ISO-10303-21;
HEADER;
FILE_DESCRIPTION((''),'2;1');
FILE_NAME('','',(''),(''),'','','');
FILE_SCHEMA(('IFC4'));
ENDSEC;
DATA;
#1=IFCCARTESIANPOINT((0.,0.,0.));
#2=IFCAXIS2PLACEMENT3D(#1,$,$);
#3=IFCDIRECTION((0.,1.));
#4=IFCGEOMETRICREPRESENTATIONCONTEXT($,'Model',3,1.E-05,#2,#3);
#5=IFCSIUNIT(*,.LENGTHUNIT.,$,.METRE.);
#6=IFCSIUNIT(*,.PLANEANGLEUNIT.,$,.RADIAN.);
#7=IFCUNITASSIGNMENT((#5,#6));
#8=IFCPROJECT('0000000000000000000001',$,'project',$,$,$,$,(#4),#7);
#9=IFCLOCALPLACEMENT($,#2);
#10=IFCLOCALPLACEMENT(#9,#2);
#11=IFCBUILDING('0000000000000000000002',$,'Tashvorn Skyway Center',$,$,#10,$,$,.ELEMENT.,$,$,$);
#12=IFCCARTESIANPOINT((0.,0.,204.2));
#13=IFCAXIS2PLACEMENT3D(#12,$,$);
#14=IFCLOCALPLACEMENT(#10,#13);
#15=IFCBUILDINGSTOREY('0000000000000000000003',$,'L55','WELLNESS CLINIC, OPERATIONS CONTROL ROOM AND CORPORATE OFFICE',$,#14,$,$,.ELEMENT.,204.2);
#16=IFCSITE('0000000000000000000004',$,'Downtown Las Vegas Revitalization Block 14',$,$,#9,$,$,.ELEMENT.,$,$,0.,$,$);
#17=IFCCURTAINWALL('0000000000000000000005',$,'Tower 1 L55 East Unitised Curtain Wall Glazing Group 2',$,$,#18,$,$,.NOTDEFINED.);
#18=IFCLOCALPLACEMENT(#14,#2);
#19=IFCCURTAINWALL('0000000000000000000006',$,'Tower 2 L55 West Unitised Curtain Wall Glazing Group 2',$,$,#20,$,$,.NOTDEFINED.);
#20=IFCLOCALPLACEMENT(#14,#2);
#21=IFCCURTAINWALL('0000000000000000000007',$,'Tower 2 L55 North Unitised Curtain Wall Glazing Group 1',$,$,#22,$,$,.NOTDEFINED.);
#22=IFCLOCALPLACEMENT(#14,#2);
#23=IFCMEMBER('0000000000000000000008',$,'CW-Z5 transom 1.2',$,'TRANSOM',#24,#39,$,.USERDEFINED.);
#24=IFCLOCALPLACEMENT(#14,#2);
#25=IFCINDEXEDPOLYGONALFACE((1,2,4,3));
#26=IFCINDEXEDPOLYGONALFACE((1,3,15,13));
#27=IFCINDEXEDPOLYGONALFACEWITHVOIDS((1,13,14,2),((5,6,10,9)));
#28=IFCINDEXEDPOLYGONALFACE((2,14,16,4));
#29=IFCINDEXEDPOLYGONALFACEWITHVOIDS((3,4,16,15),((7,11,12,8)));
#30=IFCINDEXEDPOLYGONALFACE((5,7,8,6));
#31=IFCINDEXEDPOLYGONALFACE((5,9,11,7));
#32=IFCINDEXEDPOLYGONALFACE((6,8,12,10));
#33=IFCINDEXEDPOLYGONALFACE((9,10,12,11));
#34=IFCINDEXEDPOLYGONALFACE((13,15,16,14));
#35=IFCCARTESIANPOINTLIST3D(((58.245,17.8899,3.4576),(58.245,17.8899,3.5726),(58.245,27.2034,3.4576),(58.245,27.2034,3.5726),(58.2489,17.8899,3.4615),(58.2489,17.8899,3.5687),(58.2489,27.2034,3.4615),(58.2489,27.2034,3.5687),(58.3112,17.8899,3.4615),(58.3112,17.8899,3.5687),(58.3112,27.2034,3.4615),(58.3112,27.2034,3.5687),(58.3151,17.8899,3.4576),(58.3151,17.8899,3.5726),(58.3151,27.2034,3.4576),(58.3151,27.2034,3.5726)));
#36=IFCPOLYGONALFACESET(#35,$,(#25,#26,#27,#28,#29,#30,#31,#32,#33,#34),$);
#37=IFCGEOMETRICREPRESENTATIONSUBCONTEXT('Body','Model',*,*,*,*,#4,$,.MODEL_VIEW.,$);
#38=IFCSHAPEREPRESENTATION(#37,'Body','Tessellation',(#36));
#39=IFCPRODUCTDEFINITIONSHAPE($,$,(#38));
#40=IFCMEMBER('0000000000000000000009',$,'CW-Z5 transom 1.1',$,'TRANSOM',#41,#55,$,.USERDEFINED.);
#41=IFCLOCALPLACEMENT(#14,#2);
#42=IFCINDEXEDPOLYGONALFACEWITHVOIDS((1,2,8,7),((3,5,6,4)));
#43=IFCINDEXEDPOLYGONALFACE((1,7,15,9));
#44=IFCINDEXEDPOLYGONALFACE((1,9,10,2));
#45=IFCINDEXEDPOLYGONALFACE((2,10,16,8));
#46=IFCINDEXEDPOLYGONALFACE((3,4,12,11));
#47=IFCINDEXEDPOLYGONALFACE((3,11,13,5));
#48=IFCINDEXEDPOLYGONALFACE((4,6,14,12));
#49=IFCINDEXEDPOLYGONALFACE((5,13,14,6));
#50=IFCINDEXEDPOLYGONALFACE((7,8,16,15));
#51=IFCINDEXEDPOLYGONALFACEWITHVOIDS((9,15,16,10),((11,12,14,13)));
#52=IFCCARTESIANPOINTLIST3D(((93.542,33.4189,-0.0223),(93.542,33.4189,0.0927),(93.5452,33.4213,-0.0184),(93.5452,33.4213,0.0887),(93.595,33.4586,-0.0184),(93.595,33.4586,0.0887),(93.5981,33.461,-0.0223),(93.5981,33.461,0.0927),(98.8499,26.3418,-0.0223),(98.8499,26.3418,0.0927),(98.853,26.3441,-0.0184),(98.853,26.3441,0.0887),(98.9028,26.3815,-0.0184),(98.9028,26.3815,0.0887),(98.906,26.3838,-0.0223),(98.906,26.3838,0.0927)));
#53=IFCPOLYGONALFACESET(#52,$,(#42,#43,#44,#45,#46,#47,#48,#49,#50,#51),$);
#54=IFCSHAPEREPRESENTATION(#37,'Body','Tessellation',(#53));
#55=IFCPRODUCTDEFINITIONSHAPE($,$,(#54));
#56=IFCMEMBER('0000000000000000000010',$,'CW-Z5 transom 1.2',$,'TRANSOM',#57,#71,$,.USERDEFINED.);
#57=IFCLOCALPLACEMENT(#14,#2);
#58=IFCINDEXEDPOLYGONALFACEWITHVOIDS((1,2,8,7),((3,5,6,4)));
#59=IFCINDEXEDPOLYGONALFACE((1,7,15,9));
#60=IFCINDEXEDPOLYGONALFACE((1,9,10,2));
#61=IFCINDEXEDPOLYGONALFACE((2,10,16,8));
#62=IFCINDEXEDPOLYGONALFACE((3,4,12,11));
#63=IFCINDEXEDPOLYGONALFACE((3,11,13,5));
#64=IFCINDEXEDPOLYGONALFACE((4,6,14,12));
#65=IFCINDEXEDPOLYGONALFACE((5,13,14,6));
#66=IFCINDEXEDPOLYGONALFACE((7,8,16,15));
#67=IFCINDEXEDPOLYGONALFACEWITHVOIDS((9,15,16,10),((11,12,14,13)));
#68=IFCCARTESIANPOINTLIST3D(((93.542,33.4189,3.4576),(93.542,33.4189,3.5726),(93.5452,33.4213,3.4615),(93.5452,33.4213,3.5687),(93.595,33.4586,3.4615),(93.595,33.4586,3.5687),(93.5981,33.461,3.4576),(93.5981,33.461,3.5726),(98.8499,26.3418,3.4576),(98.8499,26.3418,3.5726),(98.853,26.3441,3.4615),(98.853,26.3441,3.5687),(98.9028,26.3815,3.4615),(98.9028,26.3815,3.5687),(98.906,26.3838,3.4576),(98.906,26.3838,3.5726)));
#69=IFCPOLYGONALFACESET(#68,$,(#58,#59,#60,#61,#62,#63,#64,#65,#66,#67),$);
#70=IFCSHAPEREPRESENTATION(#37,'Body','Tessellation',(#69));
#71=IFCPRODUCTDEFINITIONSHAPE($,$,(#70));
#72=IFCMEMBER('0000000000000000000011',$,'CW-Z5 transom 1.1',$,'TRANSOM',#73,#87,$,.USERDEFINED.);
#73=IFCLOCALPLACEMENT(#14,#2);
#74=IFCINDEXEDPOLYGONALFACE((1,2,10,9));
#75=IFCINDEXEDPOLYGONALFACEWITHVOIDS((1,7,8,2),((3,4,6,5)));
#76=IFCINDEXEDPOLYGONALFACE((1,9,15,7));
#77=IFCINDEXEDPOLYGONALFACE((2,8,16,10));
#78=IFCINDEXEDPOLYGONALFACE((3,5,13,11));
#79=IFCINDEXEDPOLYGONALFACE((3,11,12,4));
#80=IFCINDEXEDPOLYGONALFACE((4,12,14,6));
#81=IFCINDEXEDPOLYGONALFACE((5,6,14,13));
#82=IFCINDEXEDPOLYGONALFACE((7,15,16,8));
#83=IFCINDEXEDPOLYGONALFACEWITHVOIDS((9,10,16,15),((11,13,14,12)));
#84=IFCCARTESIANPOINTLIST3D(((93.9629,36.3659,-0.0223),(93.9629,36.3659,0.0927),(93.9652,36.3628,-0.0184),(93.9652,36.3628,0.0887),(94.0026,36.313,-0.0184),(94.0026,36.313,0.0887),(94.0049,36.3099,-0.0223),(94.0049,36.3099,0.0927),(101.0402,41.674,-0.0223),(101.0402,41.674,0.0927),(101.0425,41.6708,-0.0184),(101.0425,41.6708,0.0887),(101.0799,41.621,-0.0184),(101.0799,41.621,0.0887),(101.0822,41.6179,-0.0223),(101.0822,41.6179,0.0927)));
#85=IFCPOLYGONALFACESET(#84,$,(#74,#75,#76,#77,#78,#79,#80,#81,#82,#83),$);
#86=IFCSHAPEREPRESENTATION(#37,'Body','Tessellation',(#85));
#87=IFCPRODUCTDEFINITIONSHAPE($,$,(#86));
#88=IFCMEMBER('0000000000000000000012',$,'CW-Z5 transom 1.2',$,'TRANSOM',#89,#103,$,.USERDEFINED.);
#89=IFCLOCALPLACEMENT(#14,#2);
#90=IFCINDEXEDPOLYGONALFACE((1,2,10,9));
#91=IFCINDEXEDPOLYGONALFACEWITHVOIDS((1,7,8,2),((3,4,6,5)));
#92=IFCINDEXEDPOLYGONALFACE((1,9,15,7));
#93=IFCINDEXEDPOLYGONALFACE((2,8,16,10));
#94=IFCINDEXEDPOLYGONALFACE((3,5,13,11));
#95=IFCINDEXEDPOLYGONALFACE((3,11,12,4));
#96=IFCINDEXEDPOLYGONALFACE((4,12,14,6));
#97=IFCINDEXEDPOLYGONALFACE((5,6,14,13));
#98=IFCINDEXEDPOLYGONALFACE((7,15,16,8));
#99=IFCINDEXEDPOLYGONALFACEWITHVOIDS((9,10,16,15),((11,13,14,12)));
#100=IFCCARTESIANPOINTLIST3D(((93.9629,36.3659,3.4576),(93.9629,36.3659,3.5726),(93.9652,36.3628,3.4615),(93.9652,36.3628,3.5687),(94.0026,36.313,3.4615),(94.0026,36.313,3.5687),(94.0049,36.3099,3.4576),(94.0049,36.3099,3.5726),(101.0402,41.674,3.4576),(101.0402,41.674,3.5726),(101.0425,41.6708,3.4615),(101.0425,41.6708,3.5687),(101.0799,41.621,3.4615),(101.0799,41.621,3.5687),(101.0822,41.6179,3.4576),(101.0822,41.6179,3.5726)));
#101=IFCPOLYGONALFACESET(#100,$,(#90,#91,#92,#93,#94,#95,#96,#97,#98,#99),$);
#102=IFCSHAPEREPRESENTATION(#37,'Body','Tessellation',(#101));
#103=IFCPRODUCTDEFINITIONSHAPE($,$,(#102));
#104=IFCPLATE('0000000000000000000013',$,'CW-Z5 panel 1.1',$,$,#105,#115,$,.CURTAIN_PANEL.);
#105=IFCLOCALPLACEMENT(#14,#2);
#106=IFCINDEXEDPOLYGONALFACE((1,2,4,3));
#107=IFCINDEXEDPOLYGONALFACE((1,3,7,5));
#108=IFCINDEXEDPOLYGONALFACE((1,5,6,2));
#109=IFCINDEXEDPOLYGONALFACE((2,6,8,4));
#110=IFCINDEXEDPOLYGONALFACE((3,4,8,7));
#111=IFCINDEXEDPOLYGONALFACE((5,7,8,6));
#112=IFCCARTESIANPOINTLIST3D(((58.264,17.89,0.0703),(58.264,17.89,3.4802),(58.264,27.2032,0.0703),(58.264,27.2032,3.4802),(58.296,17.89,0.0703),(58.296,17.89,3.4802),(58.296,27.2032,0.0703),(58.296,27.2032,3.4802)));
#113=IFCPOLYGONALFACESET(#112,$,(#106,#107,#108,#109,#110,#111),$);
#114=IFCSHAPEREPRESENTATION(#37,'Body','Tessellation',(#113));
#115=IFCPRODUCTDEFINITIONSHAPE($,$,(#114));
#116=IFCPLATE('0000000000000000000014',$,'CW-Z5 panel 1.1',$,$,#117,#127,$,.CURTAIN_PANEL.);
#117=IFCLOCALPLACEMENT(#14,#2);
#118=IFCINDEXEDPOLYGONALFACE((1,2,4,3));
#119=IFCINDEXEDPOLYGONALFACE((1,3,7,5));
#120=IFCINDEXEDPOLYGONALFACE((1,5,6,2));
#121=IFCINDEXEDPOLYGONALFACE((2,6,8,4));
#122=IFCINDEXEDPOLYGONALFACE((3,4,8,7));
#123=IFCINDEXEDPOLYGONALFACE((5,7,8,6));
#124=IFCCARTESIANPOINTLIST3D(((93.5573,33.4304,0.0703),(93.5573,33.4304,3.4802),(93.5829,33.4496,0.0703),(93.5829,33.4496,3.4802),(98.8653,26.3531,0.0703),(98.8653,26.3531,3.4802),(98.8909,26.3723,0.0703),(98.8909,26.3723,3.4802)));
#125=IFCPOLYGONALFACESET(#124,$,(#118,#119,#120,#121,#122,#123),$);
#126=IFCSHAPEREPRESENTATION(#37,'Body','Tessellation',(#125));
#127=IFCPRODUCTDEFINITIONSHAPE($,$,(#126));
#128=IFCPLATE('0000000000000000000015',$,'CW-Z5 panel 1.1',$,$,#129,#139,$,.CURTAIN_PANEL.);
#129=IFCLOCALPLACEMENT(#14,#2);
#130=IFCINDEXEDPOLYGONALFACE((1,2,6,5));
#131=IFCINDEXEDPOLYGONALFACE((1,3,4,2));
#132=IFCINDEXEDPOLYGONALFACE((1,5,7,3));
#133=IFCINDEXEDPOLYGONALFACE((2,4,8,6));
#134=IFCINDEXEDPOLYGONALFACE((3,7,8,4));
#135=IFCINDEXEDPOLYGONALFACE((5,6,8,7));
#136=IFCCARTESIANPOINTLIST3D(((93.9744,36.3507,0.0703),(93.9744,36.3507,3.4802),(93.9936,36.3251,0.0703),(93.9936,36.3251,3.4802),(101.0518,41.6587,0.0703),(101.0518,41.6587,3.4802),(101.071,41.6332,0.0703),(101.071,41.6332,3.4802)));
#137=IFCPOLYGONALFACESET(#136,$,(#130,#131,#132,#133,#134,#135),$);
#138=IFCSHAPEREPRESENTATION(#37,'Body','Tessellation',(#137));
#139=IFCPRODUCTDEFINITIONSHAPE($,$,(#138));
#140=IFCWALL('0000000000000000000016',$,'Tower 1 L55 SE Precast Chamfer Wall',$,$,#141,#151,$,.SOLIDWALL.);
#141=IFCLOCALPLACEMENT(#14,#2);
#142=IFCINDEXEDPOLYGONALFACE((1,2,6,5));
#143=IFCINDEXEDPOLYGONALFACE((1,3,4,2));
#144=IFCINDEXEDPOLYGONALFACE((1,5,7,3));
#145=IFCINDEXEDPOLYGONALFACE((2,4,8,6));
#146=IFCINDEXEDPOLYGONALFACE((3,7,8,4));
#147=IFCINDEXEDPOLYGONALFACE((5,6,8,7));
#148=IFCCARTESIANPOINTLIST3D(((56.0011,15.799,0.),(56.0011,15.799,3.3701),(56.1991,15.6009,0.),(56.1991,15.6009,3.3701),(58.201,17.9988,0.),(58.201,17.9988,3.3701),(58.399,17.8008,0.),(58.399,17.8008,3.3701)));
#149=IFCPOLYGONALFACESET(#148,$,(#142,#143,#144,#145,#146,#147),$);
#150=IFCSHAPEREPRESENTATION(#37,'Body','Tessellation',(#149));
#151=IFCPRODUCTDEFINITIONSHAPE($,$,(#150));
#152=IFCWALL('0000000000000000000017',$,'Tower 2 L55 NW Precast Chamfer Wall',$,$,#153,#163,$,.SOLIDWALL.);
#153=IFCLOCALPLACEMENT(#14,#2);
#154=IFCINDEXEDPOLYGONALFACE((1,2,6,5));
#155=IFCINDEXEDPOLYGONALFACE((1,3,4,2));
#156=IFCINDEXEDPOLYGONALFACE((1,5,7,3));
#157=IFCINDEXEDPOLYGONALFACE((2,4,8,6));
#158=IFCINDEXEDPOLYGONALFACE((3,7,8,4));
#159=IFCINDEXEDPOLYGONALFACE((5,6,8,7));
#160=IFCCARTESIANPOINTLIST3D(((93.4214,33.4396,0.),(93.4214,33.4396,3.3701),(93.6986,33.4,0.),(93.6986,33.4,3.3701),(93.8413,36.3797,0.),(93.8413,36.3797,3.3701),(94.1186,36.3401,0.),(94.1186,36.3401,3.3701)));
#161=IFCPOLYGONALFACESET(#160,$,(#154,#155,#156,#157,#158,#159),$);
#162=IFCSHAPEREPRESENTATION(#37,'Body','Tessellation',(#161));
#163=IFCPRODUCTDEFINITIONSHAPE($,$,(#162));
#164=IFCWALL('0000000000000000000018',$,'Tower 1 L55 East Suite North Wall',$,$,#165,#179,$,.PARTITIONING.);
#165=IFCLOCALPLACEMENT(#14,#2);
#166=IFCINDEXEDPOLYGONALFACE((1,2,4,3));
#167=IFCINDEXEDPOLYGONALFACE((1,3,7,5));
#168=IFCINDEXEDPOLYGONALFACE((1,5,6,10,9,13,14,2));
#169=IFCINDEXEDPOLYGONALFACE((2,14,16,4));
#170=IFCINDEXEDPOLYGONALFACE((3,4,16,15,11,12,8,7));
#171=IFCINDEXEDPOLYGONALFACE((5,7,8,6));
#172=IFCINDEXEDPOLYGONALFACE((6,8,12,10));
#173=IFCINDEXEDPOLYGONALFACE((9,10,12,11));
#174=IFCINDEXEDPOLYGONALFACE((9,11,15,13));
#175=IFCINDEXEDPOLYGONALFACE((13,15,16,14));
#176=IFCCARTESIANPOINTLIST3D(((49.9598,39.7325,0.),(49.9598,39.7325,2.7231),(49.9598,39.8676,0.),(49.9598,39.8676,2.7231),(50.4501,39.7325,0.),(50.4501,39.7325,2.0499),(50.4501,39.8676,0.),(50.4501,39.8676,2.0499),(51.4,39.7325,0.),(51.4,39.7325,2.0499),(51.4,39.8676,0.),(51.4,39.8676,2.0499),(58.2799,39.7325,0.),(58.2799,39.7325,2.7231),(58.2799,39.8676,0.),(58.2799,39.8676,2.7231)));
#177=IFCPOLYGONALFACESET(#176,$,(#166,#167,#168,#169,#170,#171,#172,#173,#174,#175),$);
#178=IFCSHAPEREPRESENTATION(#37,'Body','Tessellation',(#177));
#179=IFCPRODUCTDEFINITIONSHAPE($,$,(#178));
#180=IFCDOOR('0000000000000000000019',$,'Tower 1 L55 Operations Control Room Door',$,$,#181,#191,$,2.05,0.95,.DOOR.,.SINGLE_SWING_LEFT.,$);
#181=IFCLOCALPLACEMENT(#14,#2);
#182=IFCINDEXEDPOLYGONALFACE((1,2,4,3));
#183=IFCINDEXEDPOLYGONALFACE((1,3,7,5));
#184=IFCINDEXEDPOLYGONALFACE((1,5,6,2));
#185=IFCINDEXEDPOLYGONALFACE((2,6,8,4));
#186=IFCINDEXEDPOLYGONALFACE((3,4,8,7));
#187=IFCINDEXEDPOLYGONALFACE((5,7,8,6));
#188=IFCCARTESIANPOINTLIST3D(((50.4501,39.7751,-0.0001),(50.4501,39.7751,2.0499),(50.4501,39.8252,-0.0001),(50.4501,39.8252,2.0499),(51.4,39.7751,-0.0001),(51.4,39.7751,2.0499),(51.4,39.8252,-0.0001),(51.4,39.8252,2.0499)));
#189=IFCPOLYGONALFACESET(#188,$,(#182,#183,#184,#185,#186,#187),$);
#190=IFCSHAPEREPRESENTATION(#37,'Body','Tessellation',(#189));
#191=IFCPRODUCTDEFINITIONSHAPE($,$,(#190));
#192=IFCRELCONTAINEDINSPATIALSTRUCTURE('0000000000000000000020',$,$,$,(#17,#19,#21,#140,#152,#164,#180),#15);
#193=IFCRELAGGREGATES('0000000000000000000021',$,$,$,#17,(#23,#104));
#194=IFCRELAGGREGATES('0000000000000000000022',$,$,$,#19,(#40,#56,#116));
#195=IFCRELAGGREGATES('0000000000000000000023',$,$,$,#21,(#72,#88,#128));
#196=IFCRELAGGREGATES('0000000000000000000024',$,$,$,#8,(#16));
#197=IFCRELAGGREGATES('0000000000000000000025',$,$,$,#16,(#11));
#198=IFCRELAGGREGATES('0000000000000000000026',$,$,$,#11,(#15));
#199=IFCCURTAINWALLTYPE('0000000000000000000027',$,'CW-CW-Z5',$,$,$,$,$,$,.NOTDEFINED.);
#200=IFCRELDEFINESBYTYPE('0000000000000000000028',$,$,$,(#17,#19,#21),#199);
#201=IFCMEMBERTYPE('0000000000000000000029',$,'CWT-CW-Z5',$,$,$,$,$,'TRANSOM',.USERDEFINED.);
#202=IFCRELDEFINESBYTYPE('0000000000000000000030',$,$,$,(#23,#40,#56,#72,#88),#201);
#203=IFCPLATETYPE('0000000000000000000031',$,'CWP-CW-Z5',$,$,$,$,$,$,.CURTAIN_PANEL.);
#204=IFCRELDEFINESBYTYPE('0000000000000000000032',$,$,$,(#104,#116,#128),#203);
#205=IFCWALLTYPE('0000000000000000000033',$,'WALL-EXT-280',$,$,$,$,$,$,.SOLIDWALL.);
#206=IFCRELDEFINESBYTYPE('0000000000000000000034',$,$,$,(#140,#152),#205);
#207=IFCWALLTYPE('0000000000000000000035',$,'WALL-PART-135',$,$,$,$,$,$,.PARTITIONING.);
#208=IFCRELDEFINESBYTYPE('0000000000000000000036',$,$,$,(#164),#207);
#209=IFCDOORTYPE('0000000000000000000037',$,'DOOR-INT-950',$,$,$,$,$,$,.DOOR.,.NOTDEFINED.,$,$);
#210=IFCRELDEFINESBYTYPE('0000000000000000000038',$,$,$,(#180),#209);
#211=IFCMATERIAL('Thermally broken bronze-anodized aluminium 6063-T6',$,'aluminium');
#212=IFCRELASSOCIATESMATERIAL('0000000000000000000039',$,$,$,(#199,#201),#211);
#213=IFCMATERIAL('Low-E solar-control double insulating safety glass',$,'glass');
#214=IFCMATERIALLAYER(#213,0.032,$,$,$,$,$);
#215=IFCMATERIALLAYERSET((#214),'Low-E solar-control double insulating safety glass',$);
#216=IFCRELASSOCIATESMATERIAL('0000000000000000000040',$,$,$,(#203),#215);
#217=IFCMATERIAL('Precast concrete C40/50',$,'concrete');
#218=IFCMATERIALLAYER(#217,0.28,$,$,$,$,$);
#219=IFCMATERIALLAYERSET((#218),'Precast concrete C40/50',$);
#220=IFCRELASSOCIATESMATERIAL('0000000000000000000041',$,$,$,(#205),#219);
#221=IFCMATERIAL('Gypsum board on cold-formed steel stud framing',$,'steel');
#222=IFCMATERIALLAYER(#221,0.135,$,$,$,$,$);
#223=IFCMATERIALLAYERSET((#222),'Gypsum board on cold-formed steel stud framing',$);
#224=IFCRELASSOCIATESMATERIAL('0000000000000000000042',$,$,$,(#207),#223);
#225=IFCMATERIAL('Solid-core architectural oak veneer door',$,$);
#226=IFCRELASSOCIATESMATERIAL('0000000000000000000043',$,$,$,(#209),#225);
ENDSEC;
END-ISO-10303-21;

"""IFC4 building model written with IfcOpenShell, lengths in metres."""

from ifc_helpers import new_model, si_unit, direction, frame, frame_2d, origin, origin_2d, place, context, subcontext, project, spatial, rectangle, hollow_rectangle, extrude, material, layer, layer_set, material_profile, profile_set, type_object, element, fill, aggregate, save


model = new_model("IFC4")

# Units and contexts
model_context = context("Model", 3, precision=1e-05, world=origin(), true_north=direction((0.0, 1.0)))
body_context = subcontext(model_context, "Body", "Model", "MODEL_VIEW")
ifc_project = project(units=[si_unit("LENGTHUNIT", "METRE"), si_unit("PLANEANGLEUNIT", "RADIAN")], contexts=[model_context])

# Site, building, storey
site_placement = place(None, origin())
site = spatial("IfcSite", under=ifc_project, at=site_placement, Name="Downtown Las Vegas Revitalization Block 14", CompositionType="ELEMENT", RefElevation=0.0)
building_placement = place(site_placement, origin())
building = spatial("IfcBuilding", under=site, at=building_placement, Name="Tashvorn Skyway Center", CompositionType="ELEMENT")
storey_placement = place(building_placement, frame((0.0, 0.0, 204.2)))
storey = spatial("IfcBuildingStorey", under=building, at=storey_placement, Name="L55", Description="WELLNESS CLINIC, OPERATIONS CONTROL ROOM AND CORPORATE OFFICE", CompositionType="ELEMENT", Elevation=204.2)

# Curtain wall
ifc_material_1 = material(Name="Thermally broken bronze-anodized aluminium 6063-T6", Category="aluminium")
curtain_wall_type = type_object("IfcCurtainWallType", Name="CW-CW-Z5", PredefinedType="NOTDEFINED", material=ifc_material_1)
curtain_wall_1_placement = place(storey_placement, origin())
curtain_wall_1 = element("IfcCurtainWall", 1, at=curtain_wall_1_placement, inside=storey, type_object=curtain_wall_type, Name="Tower 1 L55 East Unitised Curtain Wall Glazing Group 2", PredefinedType="NOTDEFINED")

# Curtain wall
curtain_wall_2_placement = place(storey_placement, origin())
curtain_wall_2 = element("IfcCurtainWall", 2, at=curtain_wall_2_placement, inside=storey, type_object=curtain_wall_type, Name="Tower 2 L55 West Unitised Curtain Wall Glazing Group 2", PredefinedType="NOTDEFINED")

# Curtain wall
curtain_wall_3_placement = place(storey_placement, origin())
curtain_wall_3 = element("IfcCurtainWall", 3, at=curtain_wall_3_placement, inside=storey, type_object=curtain_wall_type, Name="Tower 2 L55 North Unitised Curtain Wall Glazing Group 1", PredefinedType="NOTDEFINED")

# Members
ifc_material_profile_1 = material_profile(ifc_material_1, hollow_rectangle(XDim=0.0701, YDim=0.115, WallThickness=0.0039, at=origin_2d()), Name="ALU-TRAN-70x115")
ifc_profile_set_1 = profile_set([ifc_material_profile_1], Name="Thermally broken bronze-anodized aluminium 6063-T6")
member_type_1 = type_object("IfcMemberType", Name="CWT-CW-Z5", ElementType="TRANSOM", PredefinedType="USERDEFINED", material=ifc_profile_set_1)
member_1_placement = place(storey_placement, frame((58.28, 27.2034, 3.5151), z_axis=(0.0, -1.0, 0.0), x_axis=(1.0, 0.0, 0.0)))
member_1 = element("IfcMember", 4, at=member_1_placement, type_object=member_type_1, Name="CW-Z5 transom 1.2", ObjectType="TRANSOM", PredefinedType="USERDEFINED", context=body_context, shape_type="SweptSolid", body=[
    extrude(hollow_rectangle(XDim=0.0701, YDim=0.115, WallThickness=0.0039, at=origin_2d()), origin(), (0.0, 0.0, 1.0), 9.3135),
])
member_2_placement = place(storey_placement, frame((98.8779, 26.3628, 0.0352), z_axis=(-0.6, 0.8, 0.0), x_axis=(-0.8, -0.6, 0.0)))
member_2 = element("IfcMember", 5, at=member_2_placement, type_object=member_type_1, Name="CW-Z5 transom 1.1", ObjectType="TRANSOM", PredefinedType="USERDEFINED", context=body_context, shape_type="SweptSolid", body=[
    extrude(hollow_rectangle(XDim=0.0701, YDim=0.115, WallThickness=0.0039, at=origin_2d()), origin(), (0.0, 0.0, 1.0), 8.8464),
])
member_3_placement = place(storey_placement, frame((98.8779, 26.3628, 3.5151), z_axis=(-0.6, 0.8, 0.0), x_axis=(-0.8, -0.6, 0.0)))
member_3 = element("IfcMember", 6, at=member_3_placement, type_object=member_type_1, Name="CW-Z5 transom 1.2", ObjectType="TRANSOM", PredefinedType="USERDEFINED", context=body_context, shape_type="SweptSolid", body=[
    extrude(hollow_rectangle(XDim=0.0701, YDim=0.115, WallThickness=0.0039, at=origin_2d()), origin(), (0.0, 0.0, 1.0), 8.8464),
])
member_4_placement = place(storey_placement, frame((93.9839, 36.3379, 0.0352), z_axis=(0.799997, 0.600004, 0.0), x_axis=(-0.600004, 0.799997, 0.0)))
member_4 = element("IfcMember", 7, at=member_4_placement, type_object=member_type_1, Name="CW-Z5 transom 1.1", ObjectType="TRANSOM", PredefinedType="USERDEFINED", context=body_context, shape_type="SweptSolid", body=[
    extrude(hollow_rectangle(XDim=0.0701, YDim=0.115, WallThickness=0.0039, at=origin_2d()), origin(), (0.0, 0.0, 1.0), 8.8467),
])
member_5_placement = place(storey_placement, frame((93.9839, 36.3379, 3.5151), z_axis=(0.799997, 0.600004, 0.0), x_axis=(-0.600004, 0.799997, 0.0)))
member_5 = element("IfcMember", 8, at=member_5_placement, type_object=member_type_1, Name="CW-Z5 transom 1.2", ObjectType="TRANSOM", PredefinedType="USERDEFINED", context=body_context, shape_type="SweptSolid", body=[
    extrude(hollow_rectangle(XDim=0.0701, YDim=0.115, WallThickness=0.0039, at=origin_2d()), origin(), (0.0, 0.0, 1.0), 8.8467),
])

# Plates
ifc_material_2 = material(Name="Low-E solar-control double insulating safety glass", Category="glass")
ifc_layer_1 = layer(ifc_material_2, 0.032)
ifc_layer_set_1 = layer_set([ifc_layer_1], Name="Low-E solar-control double insulating safety glass")
plate_type = type_object("IfcPlateType", Name="CWP-CW-Z5", PredefinedType="CURTAIN_PANEL", material=ifc_layer_set_1)
plate_1_placement = place(storey_placement, frame((58.28, 22.5466, 0.0703), z_axis=(0.0, 0.0, 1.0), x_axis=(0.0, -1.0, 0.0)))
plate_1 = element("IfcPlate", 9, at=plate_1_placement, type_object=plate_type, Name="CW-Z5 panel 1.1", PredefinedType="CURTAIN_PANEL", context=body_context, shape_type="SweptSolid", body=[
    extrude(rectangle(XDim=9.3132, YDim=0.032, at=origin_2d()), origin(), (0.0, 0.0, 1.0), 3.4099),
])
aggregate(curtain_wall_1, [member_1, plate_1])
plate_2_placement = place(storey_placement, frame((96.2241, 29.9014, 0.0703), z_axis=(0.0, 0.0, 1.0), x_axis=(-0.600002, 0.799999, 0.0)))
plate_2 = element("IfcPlate", 10, at=plate_2_placement, type_object=plate_type, Name="CW-Z5 panel 1.1", PredefinedType="CURTAIN_PANEL", context=body_context, shape_type="SweptSolid", body=[
    extrude(rectangle(XDim=8.8467, YDim=0.032, at=origin_2d()), origin(), (0.0, 0.0, 1.0), 3.4099),
])
aggregate(curtain_wall_2, [member_2, member_3, plate_2])
plate_3_placement = place(storey_placement, frame((97.5227, 38.9919, 0.0703), z_axis=(0.0, 0.0, 1.0), x_axis=(0.799999, 0.600002, 0.0)))
plate_3 = element("IfcPlate", 11, at=plate_3_placement, type_object=plate_type, Name="CW-Z5 panel 1.1", PredefinedType="CURTAIN_PANEL", context=body_context, shape_type="SweptSolid", body=[
    extrude(rectangle(XDim=8.8467, YDim=0.032, at=origin_2d()), origin(), (0.0, 0.0, 1.0), 3.4099),
])
aggregate(curtain_wall_3, [member_4, member_5, plate_3])

# Walls
ifc_material_3 = material(Name="Precast concrete C40/50", Category="concrete")
ifc_layer_2 = layer(ifc_material_3, 0.28)
ifc_layer_set_2 = layer_set([ifc_layer_2], Name="Precast concrete C40/50")
wall_type_1 = type_object("IfcWallType", Name="WALL-EXT-280", PredefinedType="SOLIDWALL", material=ifc_layer_set_2)
wall_1_placement = place(storey_placement, frame((58.3, 17.8999, 0.0), z_axis=(0.0, 0.0, 1.0), x_axis=(-0.707107, -0.707107, 0.0)))
element("IfcWall", 12, at=wall_1_placement, inside=storey, type_object=wall_type_1, Name="Tower 1 L55 SE Precast Chamfer Wall", PredefinedType="SOLIDWALL", context=body_context, shape_type="SweptSolid", body=[
    extrude(rectangle(XDim=3.1111, YDim=0.28, at=frame_2d((1.5557, 0.0))), origin(), (0.0, 0.0, 1.0), 3.3701),
])
wall_2_placement = place(storey_placement, frame((93.5601, 33.4199, 0.0), z_axis=(0.0, 0.0, 1.0), x_axis=(0.141387, 0.989954, 0.0)))
element("IfcWall", 13, at=wall_2_placement, inside=storey, type_object=wall_type_1, Name="Tower 2 L55 NW Precast Chamfer Wall", PredefinedType="SOLIDWALL", context=body_context, shape_type="SweptSolid", body=[
    extrude(rectangle(XDim=2.97, YDim=0.28, at=frame_2d((1.4849, 0.0))), origin(), (0.0, 0.0, 1.0), 3.3701),
])

# Wall, opening, door
ifc_material_4 = material(Name="Gypsum board on cold-formed steel stud framing", Category="steel")
ifc_layer_3 = layer(ifc_material_4, 0.135)
ifc_layer_set_3 = layer_set([ifc_layer_3], Name="Gypsum board on cold-formed steel stud framing")
wall_type_2 = type_object("IfcWallType", Name="WALL-PART-135", PredefinedType="PARTITIONING", material=ifc_layer_set_3)
wall_3_placement = place(storey_placement, frame((58.28, 39.8, 0.0), z_axis=(0.0, 0.0, 1.0), x_axis=(-1.0, 0.0, 0.0)))
wall_3 = element("IfcWall", 14, at=wall_3_placement, inside=storey, type_object=wall_type_2, Name="Tower 1 L55 East Suite North Wall", PredefinedType="PARTITIONING", context=body_context, shape_type="SweptSolid", body=[
    extrude(rectangle(XDim=8.3201, YDim=0.135, at=frame_2d((4.1602, 0.0))), origin(), (0.0, 0.0, 1.0), 2.7231),
])
opening_placement = place(wall_3_placement, frame((6.8799, 0.0, 0.0)))
opening = element("IfcOpeningElement", 15, at=opening_placement, cuts=wall_3, PredefinedType="OPENING", context=body_context, shape_type="SweptSolid", body=[
    extrude(rectangle(XDim=0.95, YDim=2.05, at=frame_2d((0.4751, 1.0249))), frame((0.0, 0.0774, 0.0), z_axis=(0.0, -1.0, 0.0), x_axis=(1.0, 0.0, 0.0)), (0.0, 0.0, 1.0), 0.155),
])
ifc_material_5 = material(Name="Solid-core architectural oak veneer door")
door_type = type_object("IfcDoorType", Name="DOOR-INT-950", OperationType="NOTDEFINED", PredefinedType="DOOR", material=ifc_material_5)
door_placement = place(opening_placement, origin())
door = element("IfcDoor", 16, at=door_placement, inside=storey, type_object=door_type, Name="Tower 1 L55 Operations Control Room Door", OperationType="SINGLE_SWING_LEFT", OverallHeight=2.05, OverallWidth=0.95, PredefinedType="DOOR", context=body_context, shape_type="SweptSolid", body=[
    extrude(rectangle(XDim=0.95, YDim=2.05, at=frame_2d((0.4751, 1.0249))), frame((0.0, 0.0249, 0.0), z_axis=(0.0, -1.0, 0.0), x_axis=(1.0, 0.0, 0.0)), (0.0, 0.0, 1.0), 0.05),
])
fill(opening, door)

save(model, "model.ifc")
